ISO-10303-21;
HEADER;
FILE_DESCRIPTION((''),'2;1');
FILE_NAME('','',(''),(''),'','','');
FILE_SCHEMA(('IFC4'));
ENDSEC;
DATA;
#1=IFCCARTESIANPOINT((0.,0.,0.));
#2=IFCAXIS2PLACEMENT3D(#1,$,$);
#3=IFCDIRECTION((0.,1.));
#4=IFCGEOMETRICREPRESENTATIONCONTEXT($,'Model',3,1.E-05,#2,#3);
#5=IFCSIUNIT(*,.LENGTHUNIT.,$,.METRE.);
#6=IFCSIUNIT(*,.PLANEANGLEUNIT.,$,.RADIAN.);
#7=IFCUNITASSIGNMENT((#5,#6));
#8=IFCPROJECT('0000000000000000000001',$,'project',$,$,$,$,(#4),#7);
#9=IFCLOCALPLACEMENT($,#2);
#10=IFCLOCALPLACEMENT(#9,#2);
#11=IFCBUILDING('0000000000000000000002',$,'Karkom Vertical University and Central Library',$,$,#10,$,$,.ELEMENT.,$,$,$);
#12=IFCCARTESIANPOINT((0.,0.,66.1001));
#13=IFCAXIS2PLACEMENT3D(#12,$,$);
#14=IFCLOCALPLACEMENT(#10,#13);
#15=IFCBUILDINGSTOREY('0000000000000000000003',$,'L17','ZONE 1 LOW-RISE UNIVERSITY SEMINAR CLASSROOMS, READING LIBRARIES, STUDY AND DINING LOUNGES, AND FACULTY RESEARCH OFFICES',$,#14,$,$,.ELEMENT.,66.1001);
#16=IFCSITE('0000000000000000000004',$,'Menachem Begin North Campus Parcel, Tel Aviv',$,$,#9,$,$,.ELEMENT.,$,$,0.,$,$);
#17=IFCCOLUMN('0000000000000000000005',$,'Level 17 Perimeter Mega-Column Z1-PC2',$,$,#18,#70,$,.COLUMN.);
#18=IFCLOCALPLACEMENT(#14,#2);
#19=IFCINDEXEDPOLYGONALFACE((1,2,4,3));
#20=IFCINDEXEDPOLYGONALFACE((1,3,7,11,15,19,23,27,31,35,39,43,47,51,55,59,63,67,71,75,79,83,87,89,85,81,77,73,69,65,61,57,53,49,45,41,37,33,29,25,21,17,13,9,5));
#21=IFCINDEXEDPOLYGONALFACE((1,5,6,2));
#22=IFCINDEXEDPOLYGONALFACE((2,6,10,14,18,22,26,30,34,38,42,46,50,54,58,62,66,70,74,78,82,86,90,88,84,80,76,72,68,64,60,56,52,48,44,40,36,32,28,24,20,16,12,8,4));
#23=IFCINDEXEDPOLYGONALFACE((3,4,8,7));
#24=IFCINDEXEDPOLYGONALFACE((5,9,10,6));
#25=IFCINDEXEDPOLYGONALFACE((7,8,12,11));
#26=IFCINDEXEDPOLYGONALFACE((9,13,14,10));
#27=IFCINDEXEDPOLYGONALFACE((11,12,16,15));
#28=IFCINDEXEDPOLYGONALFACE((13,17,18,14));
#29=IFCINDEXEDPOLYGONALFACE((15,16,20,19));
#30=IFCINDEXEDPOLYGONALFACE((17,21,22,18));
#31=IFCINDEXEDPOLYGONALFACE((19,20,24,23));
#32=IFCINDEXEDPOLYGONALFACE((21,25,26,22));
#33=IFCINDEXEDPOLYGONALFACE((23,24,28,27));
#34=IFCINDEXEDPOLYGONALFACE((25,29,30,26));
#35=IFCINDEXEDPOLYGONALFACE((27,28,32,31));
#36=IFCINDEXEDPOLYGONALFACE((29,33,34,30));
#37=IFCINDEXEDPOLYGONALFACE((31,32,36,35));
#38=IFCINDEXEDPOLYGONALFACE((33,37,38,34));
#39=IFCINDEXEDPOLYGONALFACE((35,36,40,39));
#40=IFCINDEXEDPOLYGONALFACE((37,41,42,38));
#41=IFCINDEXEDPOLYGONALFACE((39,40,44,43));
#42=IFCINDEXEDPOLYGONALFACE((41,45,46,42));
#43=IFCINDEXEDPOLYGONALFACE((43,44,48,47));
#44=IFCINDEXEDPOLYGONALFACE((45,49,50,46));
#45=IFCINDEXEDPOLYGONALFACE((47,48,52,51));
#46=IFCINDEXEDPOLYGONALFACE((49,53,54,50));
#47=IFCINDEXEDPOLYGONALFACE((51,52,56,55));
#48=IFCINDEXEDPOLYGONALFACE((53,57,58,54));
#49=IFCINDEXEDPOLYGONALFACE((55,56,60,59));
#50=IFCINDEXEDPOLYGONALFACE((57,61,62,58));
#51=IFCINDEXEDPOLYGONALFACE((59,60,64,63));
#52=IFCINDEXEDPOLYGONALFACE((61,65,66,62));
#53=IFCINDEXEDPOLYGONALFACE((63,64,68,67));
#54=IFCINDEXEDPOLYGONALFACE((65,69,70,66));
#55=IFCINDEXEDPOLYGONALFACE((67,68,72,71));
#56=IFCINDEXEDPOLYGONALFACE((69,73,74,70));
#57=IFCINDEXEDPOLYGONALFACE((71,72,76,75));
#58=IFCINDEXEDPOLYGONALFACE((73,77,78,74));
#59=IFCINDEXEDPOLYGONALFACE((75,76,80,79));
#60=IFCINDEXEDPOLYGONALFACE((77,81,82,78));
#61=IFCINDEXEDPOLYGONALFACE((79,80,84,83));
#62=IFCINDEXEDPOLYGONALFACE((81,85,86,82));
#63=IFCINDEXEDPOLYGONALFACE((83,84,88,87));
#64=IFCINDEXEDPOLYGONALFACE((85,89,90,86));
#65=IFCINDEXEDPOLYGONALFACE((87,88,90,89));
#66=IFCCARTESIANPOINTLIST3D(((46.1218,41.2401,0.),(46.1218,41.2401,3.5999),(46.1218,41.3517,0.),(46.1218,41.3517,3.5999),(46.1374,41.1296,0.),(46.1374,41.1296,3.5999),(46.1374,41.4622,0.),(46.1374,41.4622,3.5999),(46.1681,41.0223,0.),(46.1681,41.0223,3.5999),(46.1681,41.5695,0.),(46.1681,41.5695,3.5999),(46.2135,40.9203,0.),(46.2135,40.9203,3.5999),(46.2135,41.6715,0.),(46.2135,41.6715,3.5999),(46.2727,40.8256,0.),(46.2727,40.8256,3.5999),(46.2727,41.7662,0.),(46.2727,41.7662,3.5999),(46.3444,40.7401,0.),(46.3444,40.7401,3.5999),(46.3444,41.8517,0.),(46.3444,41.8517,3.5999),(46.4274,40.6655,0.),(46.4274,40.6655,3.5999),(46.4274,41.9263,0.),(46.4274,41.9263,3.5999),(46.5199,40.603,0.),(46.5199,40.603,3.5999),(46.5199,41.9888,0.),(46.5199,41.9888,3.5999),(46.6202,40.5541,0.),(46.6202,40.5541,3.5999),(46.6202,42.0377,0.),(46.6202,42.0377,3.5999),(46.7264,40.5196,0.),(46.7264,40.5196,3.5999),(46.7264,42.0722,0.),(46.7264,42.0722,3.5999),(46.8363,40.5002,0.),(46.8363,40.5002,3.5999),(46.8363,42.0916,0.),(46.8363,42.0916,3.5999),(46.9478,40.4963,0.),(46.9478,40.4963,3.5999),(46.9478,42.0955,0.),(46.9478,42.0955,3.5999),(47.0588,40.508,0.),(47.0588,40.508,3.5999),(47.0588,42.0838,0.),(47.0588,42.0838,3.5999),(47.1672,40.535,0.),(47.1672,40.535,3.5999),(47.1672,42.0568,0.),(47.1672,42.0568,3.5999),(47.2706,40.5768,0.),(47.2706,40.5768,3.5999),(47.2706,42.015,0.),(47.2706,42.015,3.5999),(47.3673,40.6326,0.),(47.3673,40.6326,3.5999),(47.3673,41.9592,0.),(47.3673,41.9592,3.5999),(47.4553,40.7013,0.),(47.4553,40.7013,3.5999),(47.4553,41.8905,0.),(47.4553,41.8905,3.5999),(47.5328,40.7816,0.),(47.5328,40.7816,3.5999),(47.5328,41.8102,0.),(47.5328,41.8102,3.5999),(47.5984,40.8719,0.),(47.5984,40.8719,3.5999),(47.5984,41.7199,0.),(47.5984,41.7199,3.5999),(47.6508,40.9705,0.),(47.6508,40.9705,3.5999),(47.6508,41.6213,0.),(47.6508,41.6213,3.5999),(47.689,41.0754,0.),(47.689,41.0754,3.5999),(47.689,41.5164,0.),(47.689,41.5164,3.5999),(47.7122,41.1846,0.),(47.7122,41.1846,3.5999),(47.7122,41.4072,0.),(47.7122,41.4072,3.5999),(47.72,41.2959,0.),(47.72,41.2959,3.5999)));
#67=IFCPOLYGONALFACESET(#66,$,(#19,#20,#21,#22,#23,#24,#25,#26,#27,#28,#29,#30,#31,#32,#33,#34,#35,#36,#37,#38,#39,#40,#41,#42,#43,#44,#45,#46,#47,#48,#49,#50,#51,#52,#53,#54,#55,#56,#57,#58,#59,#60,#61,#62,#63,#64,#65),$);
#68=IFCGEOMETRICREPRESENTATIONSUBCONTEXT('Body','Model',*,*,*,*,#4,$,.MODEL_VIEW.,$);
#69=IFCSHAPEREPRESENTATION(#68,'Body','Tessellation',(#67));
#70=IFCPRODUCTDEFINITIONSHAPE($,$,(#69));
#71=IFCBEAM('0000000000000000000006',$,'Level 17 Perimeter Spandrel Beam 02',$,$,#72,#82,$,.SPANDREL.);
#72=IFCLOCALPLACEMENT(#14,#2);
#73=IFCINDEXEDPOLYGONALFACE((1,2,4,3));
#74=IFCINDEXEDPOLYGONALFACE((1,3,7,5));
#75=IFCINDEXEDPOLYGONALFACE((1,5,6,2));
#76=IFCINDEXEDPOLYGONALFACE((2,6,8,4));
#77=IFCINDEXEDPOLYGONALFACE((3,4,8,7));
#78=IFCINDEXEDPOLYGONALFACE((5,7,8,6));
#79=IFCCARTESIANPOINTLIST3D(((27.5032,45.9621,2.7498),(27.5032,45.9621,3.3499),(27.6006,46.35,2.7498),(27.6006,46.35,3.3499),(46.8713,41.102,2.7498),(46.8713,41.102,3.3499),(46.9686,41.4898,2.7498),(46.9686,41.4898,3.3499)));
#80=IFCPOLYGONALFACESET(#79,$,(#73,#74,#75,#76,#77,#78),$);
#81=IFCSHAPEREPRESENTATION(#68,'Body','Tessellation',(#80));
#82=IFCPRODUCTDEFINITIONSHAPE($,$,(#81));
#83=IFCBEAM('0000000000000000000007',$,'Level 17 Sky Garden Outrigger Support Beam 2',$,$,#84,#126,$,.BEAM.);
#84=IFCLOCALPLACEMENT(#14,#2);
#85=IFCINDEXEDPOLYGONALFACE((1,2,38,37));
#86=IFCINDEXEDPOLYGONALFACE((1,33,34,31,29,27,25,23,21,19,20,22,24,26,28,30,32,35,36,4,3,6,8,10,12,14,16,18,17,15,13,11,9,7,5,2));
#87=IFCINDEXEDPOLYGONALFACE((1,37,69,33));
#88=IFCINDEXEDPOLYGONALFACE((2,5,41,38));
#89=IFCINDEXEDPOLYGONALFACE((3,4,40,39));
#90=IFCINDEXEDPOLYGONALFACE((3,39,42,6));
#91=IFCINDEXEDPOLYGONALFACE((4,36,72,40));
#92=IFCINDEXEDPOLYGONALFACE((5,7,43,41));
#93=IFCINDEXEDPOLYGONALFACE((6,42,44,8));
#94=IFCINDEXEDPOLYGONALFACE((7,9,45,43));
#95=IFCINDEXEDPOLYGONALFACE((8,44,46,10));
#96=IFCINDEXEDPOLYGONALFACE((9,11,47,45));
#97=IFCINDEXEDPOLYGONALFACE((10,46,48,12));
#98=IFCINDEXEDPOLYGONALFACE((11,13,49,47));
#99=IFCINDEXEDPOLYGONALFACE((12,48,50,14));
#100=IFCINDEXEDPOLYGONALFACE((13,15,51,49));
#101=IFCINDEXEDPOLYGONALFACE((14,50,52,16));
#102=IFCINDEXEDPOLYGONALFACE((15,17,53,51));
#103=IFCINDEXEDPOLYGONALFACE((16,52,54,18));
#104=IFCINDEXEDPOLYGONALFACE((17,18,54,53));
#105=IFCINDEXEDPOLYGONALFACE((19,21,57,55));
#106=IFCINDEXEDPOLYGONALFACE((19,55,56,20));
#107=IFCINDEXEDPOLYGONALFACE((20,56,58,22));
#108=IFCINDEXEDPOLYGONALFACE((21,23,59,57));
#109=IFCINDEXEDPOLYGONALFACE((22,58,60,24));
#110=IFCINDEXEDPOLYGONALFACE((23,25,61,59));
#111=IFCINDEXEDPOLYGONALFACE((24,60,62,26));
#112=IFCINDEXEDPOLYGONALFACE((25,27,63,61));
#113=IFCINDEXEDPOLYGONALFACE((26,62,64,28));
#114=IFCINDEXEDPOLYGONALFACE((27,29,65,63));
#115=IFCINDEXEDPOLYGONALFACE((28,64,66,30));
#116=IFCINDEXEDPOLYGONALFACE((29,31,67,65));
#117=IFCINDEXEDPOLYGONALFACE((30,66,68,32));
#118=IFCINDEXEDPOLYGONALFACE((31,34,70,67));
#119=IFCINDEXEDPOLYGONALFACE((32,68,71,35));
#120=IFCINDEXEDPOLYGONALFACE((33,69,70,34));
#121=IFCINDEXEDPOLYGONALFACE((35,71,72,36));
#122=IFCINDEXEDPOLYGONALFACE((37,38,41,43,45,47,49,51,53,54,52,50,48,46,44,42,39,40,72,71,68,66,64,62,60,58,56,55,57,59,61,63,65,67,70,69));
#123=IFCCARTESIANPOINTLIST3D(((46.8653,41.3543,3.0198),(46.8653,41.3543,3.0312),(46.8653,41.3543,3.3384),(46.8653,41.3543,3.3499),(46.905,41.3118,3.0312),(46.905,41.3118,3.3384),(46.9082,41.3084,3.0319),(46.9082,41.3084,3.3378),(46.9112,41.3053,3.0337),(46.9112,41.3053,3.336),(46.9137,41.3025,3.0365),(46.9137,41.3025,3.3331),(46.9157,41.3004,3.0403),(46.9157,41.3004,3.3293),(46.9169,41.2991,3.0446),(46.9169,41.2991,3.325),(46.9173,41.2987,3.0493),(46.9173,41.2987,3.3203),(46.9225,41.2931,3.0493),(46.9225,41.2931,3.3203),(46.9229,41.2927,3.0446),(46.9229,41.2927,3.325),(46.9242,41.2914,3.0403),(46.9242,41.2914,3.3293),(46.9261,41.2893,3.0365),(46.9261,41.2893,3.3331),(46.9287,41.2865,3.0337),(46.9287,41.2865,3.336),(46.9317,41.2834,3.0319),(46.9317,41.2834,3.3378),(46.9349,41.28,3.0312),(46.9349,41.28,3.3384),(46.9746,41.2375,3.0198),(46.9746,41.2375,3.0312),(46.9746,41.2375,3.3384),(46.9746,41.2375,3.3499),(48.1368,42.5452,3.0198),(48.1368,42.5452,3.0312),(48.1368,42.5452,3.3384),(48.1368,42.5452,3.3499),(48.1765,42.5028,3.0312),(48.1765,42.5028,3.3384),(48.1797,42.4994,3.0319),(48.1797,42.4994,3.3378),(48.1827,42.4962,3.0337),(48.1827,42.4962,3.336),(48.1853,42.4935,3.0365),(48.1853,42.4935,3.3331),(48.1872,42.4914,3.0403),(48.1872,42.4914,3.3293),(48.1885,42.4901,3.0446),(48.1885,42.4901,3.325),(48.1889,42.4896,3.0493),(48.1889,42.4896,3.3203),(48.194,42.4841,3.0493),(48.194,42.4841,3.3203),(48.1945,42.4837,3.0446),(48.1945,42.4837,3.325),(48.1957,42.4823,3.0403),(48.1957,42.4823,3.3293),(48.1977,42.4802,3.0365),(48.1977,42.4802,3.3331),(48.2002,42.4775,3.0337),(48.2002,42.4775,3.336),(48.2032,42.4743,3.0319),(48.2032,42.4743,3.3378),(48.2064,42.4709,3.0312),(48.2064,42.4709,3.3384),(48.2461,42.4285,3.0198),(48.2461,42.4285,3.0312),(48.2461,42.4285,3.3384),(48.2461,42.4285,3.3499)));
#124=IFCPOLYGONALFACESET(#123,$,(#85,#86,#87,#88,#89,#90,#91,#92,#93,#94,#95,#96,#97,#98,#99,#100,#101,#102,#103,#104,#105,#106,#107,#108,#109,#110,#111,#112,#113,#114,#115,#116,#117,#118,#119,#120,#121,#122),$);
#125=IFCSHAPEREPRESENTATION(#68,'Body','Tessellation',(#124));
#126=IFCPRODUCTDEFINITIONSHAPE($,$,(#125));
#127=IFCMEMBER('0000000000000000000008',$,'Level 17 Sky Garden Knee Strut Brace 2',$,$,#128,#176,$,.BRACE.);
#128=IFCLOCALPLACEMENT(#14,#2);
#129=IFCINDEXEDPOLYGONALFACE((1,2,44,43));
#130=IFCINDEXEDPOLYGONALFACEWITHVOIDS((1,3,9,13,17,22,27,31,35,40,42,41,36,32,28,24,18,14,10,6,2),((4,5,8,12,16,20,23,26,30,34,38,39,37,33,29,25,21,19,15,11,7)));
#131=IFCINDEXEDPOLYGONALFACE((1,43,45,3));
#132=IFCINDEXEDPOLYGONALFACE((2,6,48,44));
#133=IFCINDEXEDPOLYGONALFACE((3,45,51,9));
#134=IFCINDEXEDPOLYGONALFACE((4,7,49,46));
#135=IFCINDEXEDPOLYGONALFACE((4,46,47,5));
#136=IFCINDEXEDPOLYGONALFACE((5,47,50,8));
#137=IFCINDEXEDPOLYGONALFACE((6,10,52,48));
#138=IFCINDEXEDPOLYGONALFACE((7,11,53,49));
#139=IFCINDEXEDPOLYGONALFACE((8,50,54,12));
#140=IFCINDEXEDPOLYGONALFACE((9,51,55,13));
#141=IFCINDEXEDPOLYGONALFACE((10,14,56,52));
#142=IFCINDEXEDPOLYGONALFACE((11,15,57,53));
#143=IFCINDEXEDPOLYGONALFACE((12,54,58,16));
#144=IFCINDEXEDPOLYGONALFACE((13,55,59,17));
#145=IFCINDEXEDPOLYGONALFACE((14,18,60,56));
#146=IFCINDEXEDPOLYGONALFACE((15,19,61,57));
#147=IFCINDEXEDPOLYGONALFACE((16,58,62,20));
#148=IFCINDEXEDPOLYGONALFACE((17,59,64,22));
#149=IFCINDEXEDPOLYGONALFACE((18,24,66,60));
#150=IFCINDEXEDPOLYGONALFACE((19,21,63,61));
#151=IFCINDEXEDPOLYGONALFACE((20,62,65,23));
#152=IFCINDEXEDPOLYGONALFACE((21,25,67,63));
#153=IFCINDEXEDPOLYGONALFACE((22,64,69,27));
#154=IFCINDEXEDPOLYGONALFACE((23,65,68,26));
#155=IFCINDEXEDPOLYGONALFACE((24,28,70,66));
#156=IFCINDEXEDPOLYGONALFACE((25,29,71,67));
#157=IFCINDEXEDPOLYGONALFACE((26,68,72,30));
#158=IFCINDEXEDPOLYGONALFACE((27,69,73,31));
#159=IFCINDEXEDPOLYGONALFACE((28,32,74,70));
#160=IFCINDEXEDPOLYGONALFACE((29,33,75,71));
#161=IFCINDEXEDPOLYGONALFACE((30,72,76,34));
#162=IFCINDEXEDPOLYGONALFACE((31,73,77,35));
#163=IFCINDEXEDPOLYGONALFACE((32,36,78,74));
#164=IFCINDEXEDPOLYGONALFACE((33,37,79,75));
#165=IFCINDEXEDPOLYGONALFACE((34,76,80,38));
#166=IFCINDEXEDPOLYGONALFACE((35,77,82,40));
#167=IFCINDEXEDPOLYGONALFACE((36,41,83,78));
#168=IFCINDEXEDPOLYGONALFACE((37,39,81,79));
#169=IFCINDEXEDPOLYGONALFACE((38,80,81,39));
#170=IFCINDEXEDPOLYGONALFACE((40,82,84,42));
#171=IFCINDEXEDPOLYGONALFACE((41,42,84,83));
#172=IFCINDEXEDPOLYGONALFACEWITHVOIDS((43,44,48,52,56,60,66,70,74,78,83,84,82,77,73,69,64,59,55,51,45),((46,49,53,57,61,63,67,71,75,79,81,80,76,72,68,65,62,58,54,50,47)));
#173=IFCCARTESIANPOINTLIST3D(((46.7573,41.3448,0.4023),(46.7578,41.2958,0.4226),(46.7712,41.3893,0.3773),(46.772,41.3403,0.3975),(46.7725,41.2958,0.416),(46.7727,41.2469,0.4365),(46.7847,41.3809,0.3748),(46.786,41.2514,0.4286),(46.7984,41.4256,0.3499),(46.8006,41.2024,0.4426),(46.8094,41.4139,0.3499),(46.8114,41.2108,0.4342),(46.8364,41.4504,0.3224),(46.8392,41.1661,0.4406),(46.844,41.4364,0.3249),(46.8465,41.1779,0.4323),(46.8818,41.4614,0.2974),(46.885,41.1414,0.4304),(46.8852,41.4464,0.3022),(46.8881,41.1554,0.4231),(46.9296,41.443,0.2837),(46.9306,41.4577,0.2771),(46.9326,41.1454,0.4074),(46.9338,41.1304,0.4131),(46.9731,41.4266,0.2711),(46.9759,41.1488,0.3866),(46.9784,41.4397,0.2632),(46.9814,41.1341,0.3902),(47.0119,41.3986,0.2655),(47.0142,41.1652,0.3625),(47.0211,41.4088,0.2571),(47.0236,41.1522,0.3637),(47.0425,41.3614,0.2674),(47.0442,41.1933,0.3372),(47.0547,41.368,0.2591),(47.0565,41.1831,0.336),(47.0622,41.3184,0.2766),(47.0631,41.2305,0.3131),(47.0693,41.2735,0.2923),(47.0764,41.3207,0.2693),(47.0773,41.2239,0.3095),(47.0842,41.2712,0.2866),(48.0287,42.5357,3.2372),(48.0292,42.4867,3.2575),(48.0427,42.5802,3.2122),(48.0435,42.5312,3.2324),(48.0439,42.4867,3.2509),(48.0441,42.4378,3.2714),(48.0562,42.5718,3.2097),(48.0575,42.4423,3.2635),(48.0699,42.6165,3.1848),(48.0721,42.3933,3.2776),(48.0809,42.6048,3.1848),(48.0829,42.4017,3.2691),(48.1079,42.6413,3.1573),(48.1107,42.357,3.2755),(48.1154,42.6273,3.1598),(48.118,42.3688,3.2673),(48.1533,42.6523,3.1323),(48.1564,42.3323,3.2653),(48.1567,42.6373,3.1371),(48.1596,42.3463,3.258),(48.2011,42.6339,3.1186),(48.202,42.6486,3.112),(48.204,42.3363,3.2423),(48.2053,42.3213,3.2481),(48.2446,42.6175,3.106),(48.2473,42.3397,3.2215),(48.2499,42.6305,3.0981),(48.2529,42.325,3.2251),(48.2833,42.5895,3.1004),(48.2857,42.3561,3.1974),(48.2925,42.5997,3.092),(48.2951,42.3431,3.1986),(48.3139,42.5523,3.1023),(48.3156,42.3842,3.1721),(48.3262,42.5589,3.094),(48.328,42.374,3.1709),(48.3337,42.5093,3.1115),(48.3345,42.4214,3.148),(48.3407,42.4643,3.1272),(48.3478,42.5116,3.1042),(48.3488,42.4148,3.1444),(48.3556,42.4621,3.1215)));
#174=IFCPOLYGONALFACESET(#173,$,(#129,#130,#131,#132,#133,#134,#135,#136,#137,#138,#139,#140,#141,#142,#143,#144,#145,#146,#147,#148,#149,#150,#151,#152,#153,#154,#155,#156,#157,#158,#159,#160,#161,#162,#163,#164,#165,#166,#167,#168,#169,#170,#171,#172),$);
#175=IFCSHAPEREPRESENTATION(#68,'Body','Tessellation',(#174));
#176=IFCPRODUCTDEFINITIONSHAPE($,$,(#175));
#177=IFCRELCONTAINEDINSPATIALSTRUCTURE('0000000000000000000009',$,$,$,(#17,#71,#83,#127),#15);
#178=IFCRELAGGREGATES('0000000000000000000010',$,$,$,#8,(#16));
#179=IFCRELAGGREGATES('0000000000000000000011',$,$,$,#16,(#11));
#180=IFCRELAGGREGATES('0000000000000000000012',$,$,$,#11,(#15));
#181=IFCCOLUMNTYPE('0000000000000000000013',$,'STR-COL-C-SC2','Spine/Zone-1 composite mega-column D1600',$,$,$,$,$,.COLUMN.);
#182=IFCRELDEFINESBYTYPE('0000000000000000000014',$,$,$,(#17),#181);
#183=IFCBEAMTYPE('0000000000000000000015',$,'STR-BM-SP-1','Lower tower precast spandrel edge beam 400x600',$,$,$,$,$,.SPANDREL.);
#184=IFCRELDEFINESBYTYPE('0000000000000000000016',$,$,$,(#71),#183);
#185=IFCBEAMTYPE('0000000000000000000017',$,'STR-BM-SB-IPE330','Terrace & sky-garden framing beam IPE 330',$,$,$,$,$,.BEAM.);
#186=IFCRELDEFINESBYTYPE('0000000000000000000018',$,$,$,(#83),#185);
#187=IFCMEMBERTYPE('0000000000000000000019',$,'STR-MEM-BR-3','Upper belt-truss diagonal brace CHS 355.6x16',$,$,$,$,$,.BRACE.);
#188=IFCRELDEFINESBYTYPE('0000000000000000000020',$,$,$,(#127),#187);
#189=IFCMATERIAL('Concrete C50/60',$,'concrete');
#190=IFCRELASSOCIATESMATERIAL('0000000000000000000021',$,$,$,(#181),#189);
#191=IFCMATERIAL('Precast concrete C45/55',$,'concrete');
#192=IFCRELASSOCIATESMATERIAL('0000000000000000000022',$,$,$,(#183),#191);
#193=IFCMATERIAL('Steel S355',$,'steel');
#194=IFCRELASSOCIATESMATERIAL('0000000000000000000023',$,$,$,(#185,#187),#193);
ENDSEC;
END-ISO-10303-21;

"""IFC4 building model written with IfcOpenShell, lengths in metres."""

from ifc_helpers import new_model, si_unit, direction, frame, origin, origin_with_axes, origin_2d, place, context, subcontext, project, spatial, rectangle, circle, hollow_circle, i_section, extrude, source, transform, mapped, material, material_profile, profile_set, type_object, element, save


model = new_model("IFC4")

# Units and contexts
model_context = context("Model", 3, precision=1e-05, world=origin(), true_north=direction((0.0, 1.0)))
body_context = subcontext(model_context, "Body", "Model", "MODEL_VIEW")
ifc_project = project(units=[si_unit("LENGTHUNIT", "METRE"), si_unit("PLANEANGLEUNIT", "RADIAN")], contexts=[model_context])

# Site, building, storey
site_placement = place(None, origin())
site = spatial("IfcSite", under=ifc_project, at=site_placement, Name="Menachem Begin North Campus Parcel, Tel Aviv", CompositionType="ELEMENT", RefElevation=0.0)
building_placement = place(site_placement, origin())
building = spatial("IfcBuilding", under=site, at=building_placement, Name="Karkom Vertical University and Central Library", CompositionType="ELEMENT")
storey_placement = place(building_placement, frame((0.0, 0.0, 66.1001)))
storey = spatial("IfcBuildingStorey", under=building, at=storey_placement, Name="L17", Description="ZONE 1 LOW-RISE UNIVERSITY SEMINAR CLASSROOMS, READING LIBRARIES, STUDY AND DINING LOUNGES, AND FACULTY RESEARCH OFFICES", CompositionType="ELEMENT", Elevation=66.1001)

# Column
ifc_material_1 = material(Name="Concrete C50/60", Category="concrete")
ifc_material_profile_1 = material_profile(ifc_material_1, circle(Radius=0.8, at=origin_2d()), Name="CFT-D1600")
ifc_profile_set_1 = profile_set([ifc_material_profile_1], Name="Concrete C50/60")
column_type = type_object("IfcColumnType", Name="STR-COL-C-SC2", Description="Spine/Zone-1 composite mega-column D1600", PredefinedType="COLUMN", material=ifc_profile_set_1)
shared_shape_1 = source(origin_with_axes(), body_context, "Body", "SweptSolid", [
    extrude(circle(Radius=0.8, at=origin_2d()), origin(), (0.0, 0.0, 1.0), 3.5999),
])
column_placement = place(storey_placement, frame((46.9199, 41.2959, 0.0), z_axis=(0.0, 0.0, 1.0), x_axis=(1.0, 0.0, 0.0)))
element("IfcColumn", 1, at=column_placement, inside=storey, type_object=column_type, Name="Level 17 Perimeter Mega-Column Z1-PC2", PredefinedType="COLUMN", context=body_context, shape_type="MappedRepresentation", body=[
    mapped(shared_shape_1, transform((0.0, 0.0, 0.0), scale=1.0)),
])

# Beams
ifc_material_2 = material(Name="Precast concrete C45/55", Category="concrete")
ifc_material_profile_2 = material_profile(ifc_material_2, rectangle(XDim=0.3999, YDim=0.6001, at=origin_2d()), Name="SPB-400x600")
ifc_profile_set_2 = profile_set([ifc_material_profile_2], Name="Precast concrete C45/55")
beam_type_1 = type_object("IfcBeamType", Name="STR-BM-SP-1", Description="Lower tower precast spandrel edge beam 400x600", PredefinedType="SPANDREL", material=ifc_profile_set_2)
shared_shape_2 = source(origin_with_axes(), body_context, "Body", "SweptSolid", [
    extrude(rectangle(XDim=0.3999, YDim=0.6001, at=origin_2d()), origin(), (0.0, 0.0, 1.0), 19.9685),
])
beam_1_placement = place(storey_placement, frame((46.9199, 41.2959, 3.0498), z_axis=(-0.969929, 0.24339, 0.0), x_axis=(-0.24339, -0.969929, 0.0)))
element("IfcBeam", 2, at=beam_1_placement, inside=storey, type_object=beam_type_1, Name="Level 17 Perimeter Spandrel Beam 02", PredefinedType="SPANDREL", context=body_context, shape_type="MappedRepresentation", body=[
    mapped(shared_shape_2, transform((0.0, 0.0, 0.0), scale=1.0)),
])
ifc_material_3 = material(Name="Steel S355", Category="steel")
ifc_material_profile_3 = material_profile(ifc_material_3, i_section(OverallWidth=0.1599, OverallDepth=0.3301, WebThickness=0.0076, FlangeThickness=0.0115, FilletRadius=0.0181, at=origin_2d()), Name="IPE 330")
ifc_profile_set_3 = profile_set([ifc_material_profile_3], Name="Steel S355")
beam_type_2 = type_object("IfcBeamType", Name="STR-BM-SB-IPE330", Description="Terrace & sky-garden framing beam IPE 330", PredefinedType="BEAM", material=ifc_profile_set_3)
shared_shape_3 = source(origin_with_axes(), body_context, "Body", "SweptSolid", [
    extrude(i_section(OverallWidth=0.1599, OverallDepth=0.3301, WebThickness=0.0076, FlangeThickness=0.0115, FilletRadius=0.0181, at=origin_2d()), origin(), (0.0, 0.0, 1.0), 1.7422),
])
beam_2_placement = place(storey_placement, frame((46.9199, 41.2959, 3.1848), z_axis=(0.729852, 0.683605, 0.0), x_axis=(-0.683605, 0.729852, 0.0)))
element("IfcBeam", 3, at=beam_2_placement, inside=storey, type_object=beam_type_2, Name="Level 17 Sky Garden Outrigger Support Beam 2", PredefinedType="BEAM", context=body_context, shape_type="MappedRepresentation", body=[
    mapped(shared_shape_3, transform((0.0, 0.0, 0.0), scale=1.0)),
])

# Member
ifc_material_profile_4 = material_profile(ifc_material_3, hollow_circle(Radius=0.1777, WallThickness=0.0161, at=origin_2d()), Name="CHS 355.6x16")
ifc_profile_set_4 = profile_set([ifc_material_profile_4], Name="Steel S355")
member_type = type_object("IfcMemberType", Name="STR-MEM-BR-3", Description="Upper belt-truss diagonal brace CHS 355.6x16", PredefinedType="BRACE", material=ifc_profile_set_4)
shared_shape_4 = source(origin_with_axes(), body_context, "Body", "SweptSolid", [
    extrude(hollow_circle(Radius=0.1777, WallThickness=0.0161, at=origin_2d()), origin(), (0.0, 0.0, 1.0), 3.3274),
])
member_placement = place(storey_placement, frame((46.9199, 41.2959, 0.3499), z_axis=(0.382119, 0.357906, 0.851991), x_axis=(-0.683605, 0.729852, 0.0)))
element("IfcMember", 4, at=member_placement, inside=storey, type_object=member_type, Name="Level 17 Sky Garden Knee Strut Brace 2", PredefinedType="BRACE", context=body_context, shape_type="MappedRepresentation", body=[
    mapped(shared_shape_4, transform((0.0, 0.0, 0.0), scale=1.0)),
])

save(model, "model.ifc")
